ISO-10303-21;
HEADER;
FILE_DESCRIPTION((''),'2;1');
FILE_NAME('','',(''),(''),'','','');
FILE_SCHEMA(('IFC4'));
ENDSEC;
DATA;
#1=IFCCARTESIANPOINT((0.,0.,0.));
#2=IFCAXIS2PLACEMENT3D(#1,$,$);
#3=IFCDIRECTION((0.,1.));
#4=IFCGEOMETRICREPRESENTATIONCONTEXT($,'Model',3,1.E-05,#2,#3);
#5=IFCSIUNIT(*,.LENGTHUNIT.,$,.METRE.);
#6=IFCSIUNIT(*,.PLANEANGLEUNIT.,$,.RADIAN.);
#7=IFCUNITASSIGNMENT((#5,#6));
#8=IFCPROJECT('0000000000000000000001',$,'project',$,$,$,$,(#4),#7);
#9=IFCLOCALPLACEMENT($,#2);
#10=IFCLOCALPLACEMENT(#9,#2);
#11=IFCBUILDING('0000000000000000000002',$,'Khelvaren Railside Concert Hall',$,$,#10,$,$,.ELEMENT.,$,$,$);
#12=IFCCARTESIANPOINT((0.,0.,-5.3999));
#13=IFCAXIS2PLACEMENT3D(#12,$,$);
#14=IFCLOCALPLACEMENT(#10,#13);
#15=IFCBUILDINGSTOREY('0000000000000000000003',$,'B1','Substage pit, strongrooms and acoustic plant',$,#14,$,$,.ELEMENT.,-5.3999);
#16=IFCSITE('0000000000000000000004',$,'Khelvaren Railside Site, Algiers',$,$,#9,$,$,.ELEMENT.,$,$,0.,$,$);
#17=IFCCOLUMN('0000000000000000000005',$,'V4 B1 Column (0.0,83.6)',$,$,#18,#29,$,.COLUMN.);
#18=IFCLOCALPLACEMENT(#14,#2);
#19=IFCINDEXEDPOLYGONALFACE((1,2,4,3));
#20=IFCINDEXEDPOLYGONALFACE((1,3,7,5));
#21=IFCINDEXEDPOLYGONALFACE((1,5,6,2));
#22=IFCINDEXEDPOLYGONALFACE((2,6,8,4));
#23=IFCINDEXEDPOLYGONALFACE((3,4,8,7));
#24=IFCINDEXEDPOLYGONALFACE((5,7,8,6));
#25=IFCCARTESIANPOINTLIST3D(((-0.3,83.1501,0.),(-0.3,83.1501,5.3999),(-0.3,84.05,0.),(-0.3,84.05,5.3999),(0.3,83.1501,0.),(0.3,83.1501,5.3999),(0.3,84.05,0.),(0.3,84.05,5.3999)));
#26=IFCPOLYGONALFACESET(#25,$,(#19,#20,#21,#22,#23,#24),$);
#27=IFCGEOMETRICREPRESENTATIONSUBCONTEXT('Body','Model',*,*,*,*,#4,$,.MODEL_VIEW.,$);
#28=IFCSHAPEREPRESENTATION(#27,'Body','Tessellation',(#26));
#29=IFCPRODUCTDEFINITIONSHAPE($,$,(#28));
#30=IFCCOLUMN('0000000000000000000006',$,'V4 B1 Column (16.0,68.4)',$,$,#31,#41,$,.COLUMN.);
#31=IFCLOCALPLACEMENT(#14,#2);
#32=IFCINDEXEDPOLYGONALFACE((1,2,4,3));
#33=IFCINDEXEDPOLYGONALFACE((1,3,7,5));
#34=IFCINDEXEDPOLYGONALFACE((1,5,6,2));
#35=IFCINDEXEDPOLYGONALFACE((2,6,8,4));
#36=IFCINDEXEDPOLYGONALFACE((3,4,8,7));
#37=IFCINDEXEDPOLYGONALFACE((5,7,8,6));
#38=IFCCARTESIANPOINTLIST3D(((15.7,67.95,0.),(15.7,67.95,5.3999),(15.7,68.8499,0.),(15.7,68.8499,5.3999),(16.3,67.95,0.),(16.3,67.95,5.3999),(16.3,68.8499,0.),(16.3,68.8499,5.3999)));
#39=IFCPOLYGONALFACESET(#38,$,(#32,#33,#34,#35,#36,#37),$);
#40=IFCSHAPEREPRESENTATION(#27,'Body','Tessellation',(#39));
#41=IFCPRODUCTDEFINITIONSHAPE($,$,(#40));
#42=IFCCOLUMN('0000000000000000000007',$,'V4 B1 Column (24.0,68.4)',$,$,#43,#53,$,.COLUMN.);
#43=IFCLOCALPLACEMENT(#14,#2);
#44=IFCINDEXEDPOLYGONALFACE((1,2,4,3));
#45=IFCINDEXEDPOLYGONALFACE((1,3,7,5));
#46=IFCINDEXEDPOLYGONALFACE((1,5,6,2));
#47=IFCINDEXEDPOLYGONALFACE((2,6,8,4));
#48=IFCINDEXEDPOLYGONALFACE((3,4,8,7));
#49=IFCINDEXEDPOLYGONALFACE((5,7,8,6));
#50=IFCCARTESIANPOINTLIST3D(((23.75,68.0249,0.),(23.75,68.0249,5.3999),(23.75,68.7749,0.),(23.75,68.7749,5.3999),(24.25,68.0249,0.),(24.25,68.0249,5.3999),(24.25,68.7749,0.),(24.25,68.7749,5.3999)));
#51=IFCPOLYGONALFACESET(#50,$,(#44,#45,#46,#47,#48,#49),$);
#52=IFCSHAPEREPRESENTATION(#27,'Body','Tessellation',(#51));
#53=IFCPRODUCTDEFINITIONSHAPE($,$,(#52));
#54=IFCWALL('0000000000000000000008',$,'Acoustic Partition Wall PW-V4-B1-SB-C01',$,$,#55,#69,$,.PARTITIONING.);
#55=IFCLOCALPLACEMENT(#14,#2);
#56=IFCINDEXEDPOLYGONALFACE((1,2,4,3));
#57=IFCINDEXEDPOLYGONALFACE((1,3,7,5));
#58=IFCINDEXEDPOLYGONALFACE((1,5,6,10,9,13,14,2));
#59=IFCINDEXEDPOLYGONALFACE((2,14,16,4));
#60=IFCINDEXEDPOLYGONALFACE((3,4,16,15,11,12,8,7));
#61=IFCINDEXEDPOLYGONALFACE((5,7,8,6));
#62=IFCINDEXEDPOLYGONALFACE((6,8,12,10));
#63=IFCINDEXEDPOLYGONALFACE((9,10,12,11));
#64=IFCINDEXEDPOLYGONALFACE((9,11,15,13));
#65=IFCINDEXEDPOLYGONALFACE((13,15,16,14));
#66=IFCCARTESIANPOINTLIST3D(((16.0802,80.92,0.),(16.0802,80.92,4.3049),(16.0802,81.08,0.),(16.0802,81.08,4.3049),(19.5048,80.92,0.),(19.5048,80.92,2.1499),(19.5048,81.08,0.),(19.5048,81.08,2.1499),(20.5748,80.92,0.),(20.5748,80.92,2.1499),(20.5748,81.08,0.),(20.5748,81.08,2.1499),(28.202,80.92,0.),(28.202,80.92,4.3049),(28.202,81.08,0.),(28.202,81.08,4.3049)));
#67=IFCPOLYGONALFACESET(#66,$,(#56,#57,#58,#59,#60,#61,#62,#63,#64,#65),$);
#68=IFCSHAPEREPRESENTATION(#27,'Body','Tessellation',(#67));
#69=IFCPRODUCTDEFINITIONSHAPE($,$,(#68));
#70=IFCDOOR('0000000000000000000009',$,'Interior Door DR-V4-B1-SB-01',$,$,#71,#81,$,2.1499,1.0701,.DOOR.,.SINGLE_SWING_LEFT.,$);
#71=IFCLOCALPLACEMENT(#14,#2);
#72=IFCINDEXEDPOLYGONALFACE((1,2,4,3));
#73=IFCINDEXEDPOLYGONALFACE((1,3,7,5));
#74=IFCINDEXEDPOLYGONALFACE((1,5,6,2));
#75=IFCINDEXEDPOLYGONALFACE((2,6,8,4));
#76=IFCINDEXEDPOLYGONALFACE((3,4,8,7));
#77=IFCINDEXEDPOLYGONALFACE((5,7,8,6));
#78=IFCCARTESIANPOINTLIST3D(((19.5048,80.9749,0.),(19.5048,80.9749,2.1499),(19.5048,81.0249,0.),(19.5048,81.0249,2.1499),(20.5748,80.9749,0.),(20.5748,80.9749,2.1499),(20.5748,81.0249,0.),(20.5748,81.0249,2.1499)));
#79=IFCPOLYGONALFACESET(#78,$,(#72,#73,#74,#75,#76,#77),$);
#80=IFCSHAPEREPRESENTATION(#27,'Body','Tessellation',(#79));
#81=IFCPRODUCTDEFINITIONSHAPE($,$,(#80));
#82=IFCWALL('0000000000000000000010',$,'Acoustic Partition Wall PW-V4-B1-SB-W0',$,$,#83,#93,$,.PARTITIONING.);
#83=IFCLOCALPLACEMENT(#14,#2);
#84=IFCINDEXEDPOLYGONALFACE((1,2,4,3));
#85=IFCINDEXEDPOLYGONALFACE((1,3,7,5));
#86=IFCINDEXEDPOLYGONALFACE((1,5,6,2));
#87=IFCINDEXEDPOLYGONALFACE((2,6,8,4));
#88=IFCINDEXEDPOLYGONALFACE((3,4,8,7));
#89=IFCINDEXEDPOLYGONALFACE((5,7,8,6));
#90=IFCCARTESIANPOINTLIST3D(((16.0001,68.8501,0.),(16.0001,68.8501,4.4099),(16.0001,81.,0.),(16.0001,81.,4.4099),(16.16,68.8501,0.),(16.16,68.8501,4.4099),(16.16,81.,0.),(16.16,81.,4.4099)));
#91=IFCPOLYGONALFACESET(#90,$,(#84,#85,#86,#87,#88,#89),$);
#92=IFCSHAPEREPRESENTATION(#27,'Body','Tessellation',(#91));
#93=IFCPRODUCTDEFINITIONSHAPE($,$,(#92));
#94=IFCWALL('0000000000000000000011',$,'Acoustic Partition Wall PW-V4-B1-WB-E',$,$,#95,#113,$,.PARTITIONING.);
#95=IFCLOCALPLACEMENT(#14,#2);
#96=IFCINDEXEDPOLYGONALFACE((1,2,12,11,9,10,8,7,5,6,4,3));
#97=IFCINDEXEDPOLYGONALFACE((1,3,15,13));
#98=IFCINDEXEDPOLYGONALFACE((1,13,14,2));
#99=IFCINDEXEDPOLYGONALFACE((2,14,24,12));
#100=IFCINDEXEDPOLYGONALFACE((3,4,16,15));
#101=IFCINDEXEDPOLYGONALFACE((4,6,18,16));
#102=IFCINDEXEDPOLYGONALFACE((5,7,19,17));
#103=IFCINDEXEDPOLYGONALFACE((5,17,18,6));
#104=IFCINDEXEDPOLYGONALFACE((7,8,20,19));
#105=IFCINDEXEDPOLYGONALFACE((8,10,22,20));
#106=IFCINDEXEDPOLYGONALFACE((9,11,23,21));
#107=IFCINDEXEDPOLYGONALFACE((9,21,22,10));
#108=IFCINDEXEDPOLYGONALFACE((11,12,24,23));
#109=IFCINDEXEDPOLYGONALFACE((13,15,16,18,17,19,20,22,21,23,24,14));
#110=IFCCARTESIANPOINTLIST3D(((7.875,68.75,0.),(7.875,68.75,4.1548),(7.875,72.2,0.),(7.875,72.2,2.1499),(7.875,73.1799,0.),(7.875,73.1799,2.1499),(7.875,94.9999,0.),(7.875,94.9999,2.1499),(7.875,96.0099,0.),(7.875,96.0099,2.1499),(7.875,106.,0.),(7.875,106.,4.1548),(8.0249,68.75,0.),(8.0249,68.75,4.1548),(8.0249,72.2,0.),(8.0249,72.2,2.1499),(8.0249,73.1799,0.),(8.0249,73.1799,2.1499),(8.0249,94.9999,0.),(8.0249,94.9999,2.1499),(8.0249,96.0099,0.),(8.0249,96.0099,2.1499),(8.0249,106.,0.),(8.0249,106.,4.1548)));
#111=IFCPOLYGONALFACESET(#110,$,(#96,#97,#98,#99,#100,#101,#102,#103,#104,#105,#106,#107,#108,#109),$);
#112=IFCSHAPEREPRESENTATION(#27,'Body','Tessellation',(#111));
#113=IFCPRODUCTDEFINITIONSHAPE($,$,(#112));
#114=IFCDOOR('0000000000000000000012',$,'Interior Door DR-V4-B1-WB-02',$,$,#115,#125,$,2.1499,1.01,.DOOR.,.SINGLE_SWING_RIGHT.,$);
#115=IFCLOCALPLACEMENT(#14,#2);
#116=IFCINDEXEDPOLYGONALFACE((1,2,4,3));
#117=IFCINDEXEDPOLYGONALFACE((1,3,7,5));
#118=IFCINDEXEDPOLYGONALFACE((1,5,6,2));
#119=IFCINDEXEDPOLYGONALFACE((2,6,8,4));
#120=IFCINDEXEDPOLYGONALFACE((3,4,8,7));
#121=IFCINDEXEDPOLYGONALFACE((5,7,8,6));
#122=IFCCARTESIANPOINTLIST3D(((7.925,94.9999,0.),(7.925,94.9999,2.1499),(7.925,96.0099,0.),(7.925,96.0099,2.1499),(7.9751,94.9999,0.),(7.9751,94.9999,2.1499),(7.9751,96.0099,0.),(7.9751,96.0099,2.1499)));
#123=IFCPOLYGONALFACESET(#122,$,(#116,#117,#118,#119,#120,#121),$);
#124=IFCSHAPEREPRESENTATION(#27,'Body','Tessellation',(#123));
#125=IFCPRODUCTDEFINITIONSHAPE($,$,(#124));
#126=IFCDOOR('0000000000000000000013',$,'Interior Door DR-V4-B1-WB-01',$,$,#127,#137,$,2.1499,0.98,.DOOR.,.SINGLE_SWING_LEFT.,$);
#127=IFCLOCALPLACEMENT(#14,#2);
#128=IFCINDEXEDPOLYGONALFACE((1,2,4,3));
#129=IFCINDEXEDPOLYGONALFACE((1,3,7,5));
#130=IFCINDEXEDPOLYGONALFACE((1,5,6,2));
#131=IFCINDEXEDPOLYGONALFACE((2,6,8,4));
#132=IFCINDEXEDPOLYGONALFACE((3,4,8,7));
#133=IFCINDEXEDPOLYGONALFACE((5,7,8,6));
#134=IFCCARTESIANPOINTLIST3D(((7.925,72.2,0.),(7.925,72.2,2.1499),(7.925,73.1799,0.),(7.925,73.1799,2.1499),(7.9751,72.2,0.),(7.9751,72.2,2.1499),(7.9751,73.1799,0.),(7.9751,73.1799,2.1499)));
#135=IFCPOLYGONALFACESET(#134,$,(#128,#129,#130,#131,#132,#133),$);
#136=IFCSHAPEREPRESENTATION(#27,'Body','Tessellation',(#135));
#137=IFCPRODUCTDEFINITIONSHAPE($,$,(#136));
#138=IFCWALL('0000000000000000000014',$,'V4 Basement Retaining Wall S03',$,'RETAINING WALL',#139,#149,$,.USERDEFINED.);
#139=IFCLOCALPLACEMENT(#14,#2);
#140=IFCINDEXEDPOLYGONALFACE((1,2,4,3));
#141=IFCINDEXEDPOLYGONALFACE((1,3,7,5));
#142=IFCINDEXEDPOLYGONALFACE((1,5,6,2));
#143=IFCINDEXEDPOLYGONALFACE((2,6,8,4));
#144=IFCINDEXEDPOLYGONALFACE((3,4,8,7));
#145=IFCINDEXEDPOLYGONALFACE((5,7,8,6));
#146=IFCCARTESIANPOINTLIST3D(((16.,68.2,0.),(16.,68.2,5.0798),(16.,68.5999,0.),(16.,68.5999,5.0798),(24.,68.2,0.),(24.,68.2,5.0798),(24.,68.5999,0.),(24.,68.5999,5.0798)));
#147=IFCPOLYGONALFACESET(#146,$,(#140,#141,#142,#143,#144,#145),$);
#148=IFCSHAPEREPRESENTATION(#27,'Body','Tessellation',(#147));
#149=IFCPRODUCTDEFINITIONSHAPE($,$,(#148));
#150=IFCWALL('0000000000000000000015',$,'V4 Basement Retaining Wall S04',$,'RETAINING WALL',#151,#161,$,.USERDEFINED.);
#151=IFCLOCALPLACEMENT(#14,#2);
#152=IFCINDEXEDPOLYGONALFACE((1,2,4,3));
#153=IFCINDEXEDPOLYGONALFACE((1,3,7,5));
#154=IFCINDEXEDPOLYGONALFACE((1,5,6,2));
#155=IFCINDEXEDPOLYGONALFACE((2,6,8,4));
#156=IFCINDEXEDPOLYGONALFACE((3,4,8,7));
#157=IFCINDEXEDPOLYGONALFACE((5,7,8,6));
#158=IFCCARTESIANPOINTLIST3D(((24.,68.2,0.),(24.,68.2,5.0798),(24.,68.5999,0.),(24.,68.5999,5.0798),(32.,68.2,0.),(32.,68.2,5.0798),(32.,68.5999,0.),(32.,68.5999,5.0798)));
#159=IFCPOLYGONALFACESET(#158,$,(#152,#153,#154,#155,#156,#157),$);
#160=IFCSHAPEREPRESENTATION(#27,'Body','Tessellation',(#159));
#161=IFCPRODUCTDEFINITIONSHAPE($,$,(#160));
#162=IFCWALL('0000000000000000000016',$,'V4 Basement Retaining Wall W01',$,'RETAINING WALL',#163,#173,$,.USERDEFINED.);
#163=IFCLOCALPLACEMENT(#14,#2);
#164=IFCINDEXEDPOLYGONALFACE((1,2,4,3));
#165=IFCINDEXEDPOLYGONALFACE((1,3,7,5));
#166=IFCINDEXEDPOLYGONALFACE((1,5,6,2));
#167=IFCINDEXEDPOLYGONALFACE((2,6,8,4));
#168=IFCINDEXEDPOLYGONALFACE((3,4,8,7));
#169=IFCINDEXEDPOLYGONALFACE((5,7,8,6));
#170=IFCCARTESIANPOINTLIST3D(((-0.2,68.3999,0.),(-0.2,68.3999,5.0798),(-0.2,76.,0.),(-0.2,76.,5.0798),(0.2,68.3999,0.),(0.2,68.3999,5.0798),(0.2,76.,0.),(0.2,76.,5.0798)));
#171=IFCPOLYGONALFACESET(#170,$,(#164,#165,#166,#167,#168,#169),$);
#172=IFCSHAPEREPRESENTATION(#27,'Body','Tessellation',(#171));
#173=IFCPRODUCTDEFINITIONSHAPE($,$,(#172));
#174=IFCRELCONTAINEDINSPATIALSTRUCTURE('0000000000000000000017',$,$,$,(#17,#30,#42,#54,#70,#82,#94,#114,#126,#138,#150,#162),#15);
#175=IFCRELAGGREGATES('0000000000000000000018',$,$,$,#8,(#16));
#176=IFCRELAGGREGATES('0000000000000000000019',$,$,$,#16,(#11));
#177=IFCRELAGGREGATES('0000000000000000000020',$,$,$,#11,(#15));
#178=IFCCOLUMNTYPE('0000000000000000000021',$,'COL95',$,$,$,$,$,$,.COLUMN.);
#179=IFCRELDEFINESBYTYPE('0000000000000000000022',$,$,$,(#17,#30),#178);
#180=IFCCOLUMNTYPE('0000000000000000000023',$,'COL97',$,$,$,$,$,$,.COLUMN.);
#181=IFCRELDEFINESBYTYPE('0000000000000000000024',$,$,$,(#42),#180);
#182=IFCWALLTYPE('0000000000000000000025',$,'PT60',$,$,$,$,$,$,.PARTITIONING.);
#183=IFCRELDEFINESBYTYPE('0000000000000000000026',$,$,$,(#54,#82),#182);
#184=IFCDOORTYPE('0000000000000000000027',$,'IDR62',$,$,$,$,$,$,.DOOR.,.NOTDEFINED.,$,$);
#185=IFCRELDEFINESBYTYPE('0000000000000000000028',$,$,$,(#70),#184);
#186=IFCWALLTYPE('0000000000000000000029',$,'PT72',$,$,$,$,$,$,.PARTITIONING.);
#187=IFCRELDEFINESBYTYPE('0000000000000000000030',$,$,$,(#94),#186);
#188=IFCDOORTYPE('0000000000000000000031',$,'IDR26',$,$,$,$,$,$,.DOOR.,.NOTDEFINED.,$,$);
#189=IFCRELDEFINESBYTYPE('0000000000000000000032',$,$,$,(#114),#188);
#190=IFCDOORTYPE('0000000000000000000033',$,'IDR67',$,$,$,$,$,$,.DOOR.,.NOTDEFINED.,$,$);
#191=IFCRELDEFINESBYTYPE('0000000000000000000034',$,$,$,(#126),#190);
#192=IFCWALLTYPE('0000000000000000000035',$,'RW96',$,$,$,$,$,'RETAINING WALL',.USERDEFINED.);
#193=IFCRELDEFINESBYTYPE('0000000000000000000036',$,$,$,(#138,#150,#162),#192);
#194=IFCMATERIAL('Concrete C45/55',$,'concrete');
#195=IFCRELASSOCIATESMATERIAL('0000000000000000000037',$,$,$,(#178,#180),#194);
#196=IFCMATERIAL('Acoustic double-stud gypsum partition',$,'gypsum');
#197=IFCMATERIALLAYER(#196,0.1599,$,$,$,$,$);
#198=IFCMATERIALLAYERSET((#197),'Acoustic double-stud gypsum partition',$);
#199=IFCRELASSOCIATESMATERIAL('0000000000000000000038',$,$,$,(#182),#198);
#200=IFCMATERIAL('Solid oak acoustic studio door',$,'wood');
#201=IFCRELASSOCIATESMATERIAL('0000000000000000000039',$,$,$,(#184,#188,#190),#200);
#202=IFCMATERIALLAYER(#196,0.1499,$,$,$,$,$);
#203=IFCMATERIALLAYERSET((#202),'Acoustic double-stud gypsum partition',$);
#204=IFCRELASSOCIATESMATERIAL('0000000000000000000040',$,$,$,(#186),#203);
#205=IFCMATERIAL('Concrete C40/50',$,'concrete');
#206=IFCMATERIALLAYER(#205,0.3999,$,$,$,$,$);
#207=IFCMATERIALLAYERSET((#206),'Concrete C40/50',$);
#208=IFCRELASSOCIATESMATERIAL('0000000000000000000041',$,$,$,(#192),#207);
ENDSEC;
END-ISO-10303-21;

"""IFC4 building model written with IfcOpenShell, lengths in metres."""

from ifc_helpers import new_model, si_unit, direction, frame, frame_2d, origin, origin_2d, place, context, subcontext, project, spatial, rectangle, extrude, material, layer, layer_set, material_profile, profile_set, type_object, element, fill, save


model = new_model("IFC4")

# Units and contexts
model_context = context("Model", 3, precision=1e-05, world=origin(), true_north=direction((0.0, 1.0)))
body_context = subcontext(model_context, "Body", "Model", "MODEL_VIEW")
ifc_project = project(units=[si_unit("LENGTHUNIT", "METRE"), si_unit("PLANEANGLEUNIT", "RADIAN")], contexts=[model_context])

# Site, building, storey
site_placement = place(None, origin())
site = spatial("IfcSite", under=ifc_project, at=site_placement, Name="Khelvaren Railside Site, Algiers", CompositionType="ELEMENT", RefElevation=0.0)
building_placement = place(site_placement, origin())
building = spatial("IfcBuilding", under=site, at=building_placement, Name="Khelvaren Railside Concert Hall", CompositionType="ELEMENT")
storey_placement = place(building_placement, frame((0.0, 0.0, -5.3999)))
storey = spatial("IfcBuildingStorey", under=building, at=storey_placement, Name="B1", Description="Substage pit, strongrooms and acoustic plant", CompositionType="ELEMENT", Elevation=-5.3999)

# Columns
ifc_material_1 = material(Name="Concrete C45/55", Category="concrete")
ifc_material_profile_1 = material_profile(ifc_material_1, rectangle(XDim=0.6001, YDim=0.8999, at=origin_2d()), Name="RC 600x900")
ifc_profile_set_1 = profile_set([ifc_material_profile_1], Name="Concrete C45/55")
column_type_1 = type_object("IfcColumnType", Name="COL95", PredefinedType="COLUMN", material=ifc_profile_set_1)
for number, where, z_axis, x_axis, name in (
    (1, (0.0, 83.6001, 0.0), (0.0, 0.0, 1.0), (1.0, 0.0, 0.0), "V4 B1 Column (0.0,83.6)"),
    (2, (16.0, 68.3999, 0.0), (0.0, 0.0, 1.0), (1.0, 0.0, 0.0), "V4 B1 Column (16.0,68.4)"),
):
    element("IfcColumn", number, at=place(storey_placement, frame(where, z_axis=z_axis, x_axis=x_axis)), inside=storey, type_object=column_type_1, Name=name, PredefinedType="COLUMN", context=body_context, shape_type="SweptSolid", body=[
        extrude(rectangle(XDim=0.6001, YDim=0.8999, at=origin_2d()), origin(), (0.0, 0.0, 1.0), 5.3999),
    ])
ifc_material_profile_2 = material_profile(ifc_material_1, rectangle(XDim=0.5, YDim=0.75, at=origin_2d()), Name="RC 500x750")
ifc_profile_set_2 = profile_set([ifc_material_profile_2], Name="Concrete C45/55")
column_type_2 = type_object("IfcColumnType", Name="COL97", PredefinedType="COLUMN", material=ifc_profile_set_2)
column_1_placement = place(storey_placement, frame((24.0, 68.3999, 0.0), z_axis=(0.0, 0.0, 1.0), x_axis=(1.0, 0.0, 0.0)))
element("IfcColumn", 3, at=column_1_placement, inside=storey, type_object=column_type_2, Name="V4 B1 Column (24.0,68.4)", PredefinedType="COLUMN", context=body_context, shape_type="SweptSolid", body=[
    extrude(rectangle(XDim=0.5, YDim=0.75, at=origin_2d()), origin(), (0.0, 0.0, 1.0), 5.3999),
])

# Wall, opening, door
ifc_material_2 = material(Name="Acoustic double-stud gypsum partition", Category="gypsum")
ifc_layer_1 = layer(ifc_material_2, 0.1599)
ifc_layer_set_1 = layer_set([ifc_layer_1], Name="Acoustic double-stud gypsum partition")
wall_type_1 = type_object("IfcWallType", Name="PT60", PredefinedType="PARTITIONING", material=ifc_layer_set_1)
wall_1_placement = place(storey_placement, frame((16.0801, 81.0, 0.0), z_axis=(0.0, 0.0, 1.0), x_axis=(1.0, 0.0, 0.0)))
wall_1 = element("IfcWall", 4, at=wall_1_placement, inside=storey, type_object=wall_type_1, Name="Acoustic Partition Wall PW-V4-B1-SB-C01", PredefinedType="PARTITIONING", context=body_context, shape_type="SweptSolid", body=[
    extrude(rectangle(XDim=12.1218, YDim=0.1599, at=frame_2d((6.061, 0.0))), origin(), (0.0, 0.0, 1.0), 4.3049),
])
opening_1_placement = place(wall_1_placement, frame((3.4246, 0.0, 0.0)))
opening_1 = element("IfcOpeningElement", 5, at=opening_1_placement, cuts=wall_1, PredefinedType="OPENING", context=body_context, shape_type="SweptSolid", body=[
    extrude(rectangle(XDim=1.0701, YDim=2.1499, at=frame_2d((0.5352, 1.075))), frame((0.0, 0.0898, 0.0), z_axis=(0.0, -1.0, 0.0), x_axis=(1.0, 0.0, 0.0)), (0.0, 0.0, 1.0), 0.1799),
])
ifc_material_3 = material(Name="Solid oak acoustic studio door", Category="wood")
door_type_1 = type_object("IfcDoorType", Name="IDR62", OperationType="NOTDEFINED", PredefinedType="DOOR", material=ifc_material_3)
door_1_placement = place(opening_1_placement, origin())
door_1 = element("IfcDoor", 6, at=door_1_placement, inside=storey, type_object=door_type_1, Name="Interior Door DR-V4-B1-SB-01", OperationType="SINGLE_SWING_LEFT", OverallHeight=2.1499, OverallWidth=1.0701, PredefinedType="DOOR", context=body_context, shape_type="SweptSolid", body=[
    extrude(rectangle(XDim=1.0701, YDim=2.1499, at=frame_2d((0.5352, 1.075))), frame((0.0, 0.0249, 0.0), z_axis=(0.0, -1.0, 0.0), x_axis=(1.0, 0.0, 0.0)), (0.0, 0.0, 1.0), 0.05),
])
fill(opening_1, door_1)

# Wall
wall_2_placement = place(storey_placement, frame((16.0801, 68.8501, 0.0), z_axis=(0.0, 0.0, 1.0), x_axis=(0.0, 1.0, 0.0)))
element("IfcWall", 7, at=wall_2_placement, inside=storey, type_object=wall_type_1, Name="Acoustic Partition Wall PW-V4-B1-SB-W0", PredefinedType="PARTITIONING", context=body_context, shape_type="SweptSolid", body=[
    extrude(rectangle(XDim=12.1499, YDim=0.1599, at=frame_2d((6.075, 0.0))), origin(), (0.0, 0.0, 1.0), 4.4099),
])

# Wall, openings, doors
ifc_layer_2 = layer(ifc_material_2, 0.1499)
ifc_layer_set_2 = layer_set([ifc_layer_2], Name="Acoustic double-stud gypsum partition")
wall_type_2 = type_object("IfcWallType", Name="PT72", PredefinedType="PARTITIONING", material=ifc_layer_set_2)
wall_3_placement = place(storey_placement, frame((7.95, 68.75, 0.0), z_axis=(0.0, 0.0, 1.0), x_axis=(0.0, 1.0, 0.0)))
wall_3 = element("IfcWall", 8, at=wall_3_placement, inside=storey, type_object=wall_type_2, Name="Acoustic Partition Wall PW-V4-B1-WB-E", PredefinedType="PARTITIONING", context=body_context, shape_type="SweptSolid", body=[
    extrude(rectangle(XDim=37.25, YDim=0.1499, at=frame_2d((18.625, 0.0))), origin(), (0.0, 0.0, 1.0), 4.1548),
])
opening_2_placement = place(wall_3_placement, frame((3.45, 0.0, 0.0)))
opening_2 = element("IfcOpeningElement", 9, at=opening_2_placement, cuts=wall_3, PredefinedType="OPENING", context=body_context, shape_type="SweptSolid", body=[
    extrude(rectangle(XDim=0.98, YDim=2.1499, at=frame_2d((0.49, 1.075))), frame((0.0, 0.085, 0.0), z_axis=(0.0, -1.0, 0.0), x_axis=(1.0, 0.0, 0.0)), (0.0, 0.0, 1.0), 0.1699),
])
opening_3_placement = place(wall_3_placement, frame((26.25, 0.0, 0.0)))
opening_3 = element("IfcOpeningElement", 10, at=opening_3_placement, cuts=wall_3, PredefinedType="OPENING", context=body_context, shape_type="SweptSolid", body=[
    extrude(rectangle(XDim=1.01, YDim=2.1499, at=frame_2d((0.5049, 1.075))), frame((0.0, 0.085, 0.0), z_axis=(0.0, -1.0, 0.0), x_axis=(1.0, 0.0, 0.0)), (0.0, 0.0, 1.0), 0.1699),
])
door_type_2 = type_object("IfcDoorType", Name="IDR26", OperationType="NOTDEFINED", PredefinedType="DOOR", material=ifc_material_3)
door_2_placement = place(opening_3_placement, origin())
door_2 = element("IfcDoor", 11, at=door_2_placement, inside=storey, type_object=door_type_2, Name="Interior Door DR-V4-B1-WB-02", OperationType="SINGLE_SWING_RIGHT", OverallHeight=2.1499, OverallWidth=1.01, PredefinedType="DOOR", context=body_context, shape_type="SweptSolid", body=[
    extrude(rectangle(XDim=1.01, YDim=2.1499, at=frame_2d((0.5049, 1.075))), frame((0.0, 0.0249, 0.0), z_axis=(0.0, -1.0, 0.0), x_axis=(1.0, 0.0, 0.0)), (0.0, 0.0, 1.0), 0.05),
])
fill(opening_3, door_2)
door_type_3 = type_object("IfcDoorType", Name="IDR67", OperationType="NOTDEFINED", PredefinedType="DOOR", material=ifc_material_3)
door_3_placement = place(opening_2_placement, origin())
door_3 = element("IfcDoor", 12, at=door_3_placement, inside=storey, type_object=door_type_3, Name="Interior Door DR-V4-B1-WB-01", OperationType="SINGLE_SWING_LEFT", OverallHeight=2.1499, OverallWidth=0.98, PredefinedType="DOOR", context=body_context, shape_type="SweptSolid", body=[
    extrude(rectangle(XDim=0.98, YDim=2.1499, at=frame_2d((0.49, 1.075))), frame((0.0, 0.0249, 0.0), z_axis=(0.0, -1.0, 0.0), x_axis=(1.0, 0.0, 0.0)), (0.0, 0.0, 1.0), 0.05),
])
fill(opening_2, door_3)

# Walls
ifc_material_4 = material(Name="Concrete C40/50", Category="concrete")
ifc_layer_3 = layer(ifc_material_4, 0.3999)
ifc_layer_set_3 = layer_set([ifc_layer_3], Name="Concrete C40/50")
wall_type_3 = type_object("IfcWallType", Name="RW96", ElementType="RETAINING WALL", PredefinedType="USERDEFINED", material=ifc_layer_set_3)
for number, where, z_axis, x_axis, name in (
    (13, (16.0, 68.3999, 0.0), (0.0, 0.0, 1.0), (1.0, 0.0, 0.0), "V4 Basement Retaining Wall S03"),
    (14, (24.0, 68.3999, 0.0), (0.0, 0.0, 1.0), (1.0, 0.0, 0.0), "V4 Basement Retaining Wall S04"),
):
    element("IfcWall", number, at=place(storey_placement, frame(where, z_axis=z_axis, x_axis=x_axis)), inside=storey, type_object=wall_type_3, Name=name, ObjectType="RETAINING WALL", PredefinedType="USERDEFINED", context=body_context, shape_type="SweptSolid", body=[
        extrude(rectangle(XDim=8.0, YDim=0.3999, at=frame_2d((4.0, 0.0))), origin(), (0.0, 0.0, 1.0), 5.0798),
    ])
for number, where, z_axis, x_axis, name in (
    (15, (0.0, 76.0, 0.0), (0.0, 0.0, 1.0), (0.0, -1.0, 0.0), "V4 Basement Retaining Wall W01"),
):
    element("IfcWall", number, at=place(storey_placement, frame(where, z_axis=z_axis, x_axis=x_axis)), inside=storey, type_object=wall_type_3, Name=name, ObjectType="RETAINING WALL", PredefinedType="USERDEFINED", context=body_context, shape_type="SweptSolid", body=[
        extrude(rectangle(XDim=7.6001, YDim=0.3999, at=frame_2d((3.8, 0.0))), origin(), (0.0, 0.0, 1.0), 5.0798),
    ])

save(model, "model.ifc")
